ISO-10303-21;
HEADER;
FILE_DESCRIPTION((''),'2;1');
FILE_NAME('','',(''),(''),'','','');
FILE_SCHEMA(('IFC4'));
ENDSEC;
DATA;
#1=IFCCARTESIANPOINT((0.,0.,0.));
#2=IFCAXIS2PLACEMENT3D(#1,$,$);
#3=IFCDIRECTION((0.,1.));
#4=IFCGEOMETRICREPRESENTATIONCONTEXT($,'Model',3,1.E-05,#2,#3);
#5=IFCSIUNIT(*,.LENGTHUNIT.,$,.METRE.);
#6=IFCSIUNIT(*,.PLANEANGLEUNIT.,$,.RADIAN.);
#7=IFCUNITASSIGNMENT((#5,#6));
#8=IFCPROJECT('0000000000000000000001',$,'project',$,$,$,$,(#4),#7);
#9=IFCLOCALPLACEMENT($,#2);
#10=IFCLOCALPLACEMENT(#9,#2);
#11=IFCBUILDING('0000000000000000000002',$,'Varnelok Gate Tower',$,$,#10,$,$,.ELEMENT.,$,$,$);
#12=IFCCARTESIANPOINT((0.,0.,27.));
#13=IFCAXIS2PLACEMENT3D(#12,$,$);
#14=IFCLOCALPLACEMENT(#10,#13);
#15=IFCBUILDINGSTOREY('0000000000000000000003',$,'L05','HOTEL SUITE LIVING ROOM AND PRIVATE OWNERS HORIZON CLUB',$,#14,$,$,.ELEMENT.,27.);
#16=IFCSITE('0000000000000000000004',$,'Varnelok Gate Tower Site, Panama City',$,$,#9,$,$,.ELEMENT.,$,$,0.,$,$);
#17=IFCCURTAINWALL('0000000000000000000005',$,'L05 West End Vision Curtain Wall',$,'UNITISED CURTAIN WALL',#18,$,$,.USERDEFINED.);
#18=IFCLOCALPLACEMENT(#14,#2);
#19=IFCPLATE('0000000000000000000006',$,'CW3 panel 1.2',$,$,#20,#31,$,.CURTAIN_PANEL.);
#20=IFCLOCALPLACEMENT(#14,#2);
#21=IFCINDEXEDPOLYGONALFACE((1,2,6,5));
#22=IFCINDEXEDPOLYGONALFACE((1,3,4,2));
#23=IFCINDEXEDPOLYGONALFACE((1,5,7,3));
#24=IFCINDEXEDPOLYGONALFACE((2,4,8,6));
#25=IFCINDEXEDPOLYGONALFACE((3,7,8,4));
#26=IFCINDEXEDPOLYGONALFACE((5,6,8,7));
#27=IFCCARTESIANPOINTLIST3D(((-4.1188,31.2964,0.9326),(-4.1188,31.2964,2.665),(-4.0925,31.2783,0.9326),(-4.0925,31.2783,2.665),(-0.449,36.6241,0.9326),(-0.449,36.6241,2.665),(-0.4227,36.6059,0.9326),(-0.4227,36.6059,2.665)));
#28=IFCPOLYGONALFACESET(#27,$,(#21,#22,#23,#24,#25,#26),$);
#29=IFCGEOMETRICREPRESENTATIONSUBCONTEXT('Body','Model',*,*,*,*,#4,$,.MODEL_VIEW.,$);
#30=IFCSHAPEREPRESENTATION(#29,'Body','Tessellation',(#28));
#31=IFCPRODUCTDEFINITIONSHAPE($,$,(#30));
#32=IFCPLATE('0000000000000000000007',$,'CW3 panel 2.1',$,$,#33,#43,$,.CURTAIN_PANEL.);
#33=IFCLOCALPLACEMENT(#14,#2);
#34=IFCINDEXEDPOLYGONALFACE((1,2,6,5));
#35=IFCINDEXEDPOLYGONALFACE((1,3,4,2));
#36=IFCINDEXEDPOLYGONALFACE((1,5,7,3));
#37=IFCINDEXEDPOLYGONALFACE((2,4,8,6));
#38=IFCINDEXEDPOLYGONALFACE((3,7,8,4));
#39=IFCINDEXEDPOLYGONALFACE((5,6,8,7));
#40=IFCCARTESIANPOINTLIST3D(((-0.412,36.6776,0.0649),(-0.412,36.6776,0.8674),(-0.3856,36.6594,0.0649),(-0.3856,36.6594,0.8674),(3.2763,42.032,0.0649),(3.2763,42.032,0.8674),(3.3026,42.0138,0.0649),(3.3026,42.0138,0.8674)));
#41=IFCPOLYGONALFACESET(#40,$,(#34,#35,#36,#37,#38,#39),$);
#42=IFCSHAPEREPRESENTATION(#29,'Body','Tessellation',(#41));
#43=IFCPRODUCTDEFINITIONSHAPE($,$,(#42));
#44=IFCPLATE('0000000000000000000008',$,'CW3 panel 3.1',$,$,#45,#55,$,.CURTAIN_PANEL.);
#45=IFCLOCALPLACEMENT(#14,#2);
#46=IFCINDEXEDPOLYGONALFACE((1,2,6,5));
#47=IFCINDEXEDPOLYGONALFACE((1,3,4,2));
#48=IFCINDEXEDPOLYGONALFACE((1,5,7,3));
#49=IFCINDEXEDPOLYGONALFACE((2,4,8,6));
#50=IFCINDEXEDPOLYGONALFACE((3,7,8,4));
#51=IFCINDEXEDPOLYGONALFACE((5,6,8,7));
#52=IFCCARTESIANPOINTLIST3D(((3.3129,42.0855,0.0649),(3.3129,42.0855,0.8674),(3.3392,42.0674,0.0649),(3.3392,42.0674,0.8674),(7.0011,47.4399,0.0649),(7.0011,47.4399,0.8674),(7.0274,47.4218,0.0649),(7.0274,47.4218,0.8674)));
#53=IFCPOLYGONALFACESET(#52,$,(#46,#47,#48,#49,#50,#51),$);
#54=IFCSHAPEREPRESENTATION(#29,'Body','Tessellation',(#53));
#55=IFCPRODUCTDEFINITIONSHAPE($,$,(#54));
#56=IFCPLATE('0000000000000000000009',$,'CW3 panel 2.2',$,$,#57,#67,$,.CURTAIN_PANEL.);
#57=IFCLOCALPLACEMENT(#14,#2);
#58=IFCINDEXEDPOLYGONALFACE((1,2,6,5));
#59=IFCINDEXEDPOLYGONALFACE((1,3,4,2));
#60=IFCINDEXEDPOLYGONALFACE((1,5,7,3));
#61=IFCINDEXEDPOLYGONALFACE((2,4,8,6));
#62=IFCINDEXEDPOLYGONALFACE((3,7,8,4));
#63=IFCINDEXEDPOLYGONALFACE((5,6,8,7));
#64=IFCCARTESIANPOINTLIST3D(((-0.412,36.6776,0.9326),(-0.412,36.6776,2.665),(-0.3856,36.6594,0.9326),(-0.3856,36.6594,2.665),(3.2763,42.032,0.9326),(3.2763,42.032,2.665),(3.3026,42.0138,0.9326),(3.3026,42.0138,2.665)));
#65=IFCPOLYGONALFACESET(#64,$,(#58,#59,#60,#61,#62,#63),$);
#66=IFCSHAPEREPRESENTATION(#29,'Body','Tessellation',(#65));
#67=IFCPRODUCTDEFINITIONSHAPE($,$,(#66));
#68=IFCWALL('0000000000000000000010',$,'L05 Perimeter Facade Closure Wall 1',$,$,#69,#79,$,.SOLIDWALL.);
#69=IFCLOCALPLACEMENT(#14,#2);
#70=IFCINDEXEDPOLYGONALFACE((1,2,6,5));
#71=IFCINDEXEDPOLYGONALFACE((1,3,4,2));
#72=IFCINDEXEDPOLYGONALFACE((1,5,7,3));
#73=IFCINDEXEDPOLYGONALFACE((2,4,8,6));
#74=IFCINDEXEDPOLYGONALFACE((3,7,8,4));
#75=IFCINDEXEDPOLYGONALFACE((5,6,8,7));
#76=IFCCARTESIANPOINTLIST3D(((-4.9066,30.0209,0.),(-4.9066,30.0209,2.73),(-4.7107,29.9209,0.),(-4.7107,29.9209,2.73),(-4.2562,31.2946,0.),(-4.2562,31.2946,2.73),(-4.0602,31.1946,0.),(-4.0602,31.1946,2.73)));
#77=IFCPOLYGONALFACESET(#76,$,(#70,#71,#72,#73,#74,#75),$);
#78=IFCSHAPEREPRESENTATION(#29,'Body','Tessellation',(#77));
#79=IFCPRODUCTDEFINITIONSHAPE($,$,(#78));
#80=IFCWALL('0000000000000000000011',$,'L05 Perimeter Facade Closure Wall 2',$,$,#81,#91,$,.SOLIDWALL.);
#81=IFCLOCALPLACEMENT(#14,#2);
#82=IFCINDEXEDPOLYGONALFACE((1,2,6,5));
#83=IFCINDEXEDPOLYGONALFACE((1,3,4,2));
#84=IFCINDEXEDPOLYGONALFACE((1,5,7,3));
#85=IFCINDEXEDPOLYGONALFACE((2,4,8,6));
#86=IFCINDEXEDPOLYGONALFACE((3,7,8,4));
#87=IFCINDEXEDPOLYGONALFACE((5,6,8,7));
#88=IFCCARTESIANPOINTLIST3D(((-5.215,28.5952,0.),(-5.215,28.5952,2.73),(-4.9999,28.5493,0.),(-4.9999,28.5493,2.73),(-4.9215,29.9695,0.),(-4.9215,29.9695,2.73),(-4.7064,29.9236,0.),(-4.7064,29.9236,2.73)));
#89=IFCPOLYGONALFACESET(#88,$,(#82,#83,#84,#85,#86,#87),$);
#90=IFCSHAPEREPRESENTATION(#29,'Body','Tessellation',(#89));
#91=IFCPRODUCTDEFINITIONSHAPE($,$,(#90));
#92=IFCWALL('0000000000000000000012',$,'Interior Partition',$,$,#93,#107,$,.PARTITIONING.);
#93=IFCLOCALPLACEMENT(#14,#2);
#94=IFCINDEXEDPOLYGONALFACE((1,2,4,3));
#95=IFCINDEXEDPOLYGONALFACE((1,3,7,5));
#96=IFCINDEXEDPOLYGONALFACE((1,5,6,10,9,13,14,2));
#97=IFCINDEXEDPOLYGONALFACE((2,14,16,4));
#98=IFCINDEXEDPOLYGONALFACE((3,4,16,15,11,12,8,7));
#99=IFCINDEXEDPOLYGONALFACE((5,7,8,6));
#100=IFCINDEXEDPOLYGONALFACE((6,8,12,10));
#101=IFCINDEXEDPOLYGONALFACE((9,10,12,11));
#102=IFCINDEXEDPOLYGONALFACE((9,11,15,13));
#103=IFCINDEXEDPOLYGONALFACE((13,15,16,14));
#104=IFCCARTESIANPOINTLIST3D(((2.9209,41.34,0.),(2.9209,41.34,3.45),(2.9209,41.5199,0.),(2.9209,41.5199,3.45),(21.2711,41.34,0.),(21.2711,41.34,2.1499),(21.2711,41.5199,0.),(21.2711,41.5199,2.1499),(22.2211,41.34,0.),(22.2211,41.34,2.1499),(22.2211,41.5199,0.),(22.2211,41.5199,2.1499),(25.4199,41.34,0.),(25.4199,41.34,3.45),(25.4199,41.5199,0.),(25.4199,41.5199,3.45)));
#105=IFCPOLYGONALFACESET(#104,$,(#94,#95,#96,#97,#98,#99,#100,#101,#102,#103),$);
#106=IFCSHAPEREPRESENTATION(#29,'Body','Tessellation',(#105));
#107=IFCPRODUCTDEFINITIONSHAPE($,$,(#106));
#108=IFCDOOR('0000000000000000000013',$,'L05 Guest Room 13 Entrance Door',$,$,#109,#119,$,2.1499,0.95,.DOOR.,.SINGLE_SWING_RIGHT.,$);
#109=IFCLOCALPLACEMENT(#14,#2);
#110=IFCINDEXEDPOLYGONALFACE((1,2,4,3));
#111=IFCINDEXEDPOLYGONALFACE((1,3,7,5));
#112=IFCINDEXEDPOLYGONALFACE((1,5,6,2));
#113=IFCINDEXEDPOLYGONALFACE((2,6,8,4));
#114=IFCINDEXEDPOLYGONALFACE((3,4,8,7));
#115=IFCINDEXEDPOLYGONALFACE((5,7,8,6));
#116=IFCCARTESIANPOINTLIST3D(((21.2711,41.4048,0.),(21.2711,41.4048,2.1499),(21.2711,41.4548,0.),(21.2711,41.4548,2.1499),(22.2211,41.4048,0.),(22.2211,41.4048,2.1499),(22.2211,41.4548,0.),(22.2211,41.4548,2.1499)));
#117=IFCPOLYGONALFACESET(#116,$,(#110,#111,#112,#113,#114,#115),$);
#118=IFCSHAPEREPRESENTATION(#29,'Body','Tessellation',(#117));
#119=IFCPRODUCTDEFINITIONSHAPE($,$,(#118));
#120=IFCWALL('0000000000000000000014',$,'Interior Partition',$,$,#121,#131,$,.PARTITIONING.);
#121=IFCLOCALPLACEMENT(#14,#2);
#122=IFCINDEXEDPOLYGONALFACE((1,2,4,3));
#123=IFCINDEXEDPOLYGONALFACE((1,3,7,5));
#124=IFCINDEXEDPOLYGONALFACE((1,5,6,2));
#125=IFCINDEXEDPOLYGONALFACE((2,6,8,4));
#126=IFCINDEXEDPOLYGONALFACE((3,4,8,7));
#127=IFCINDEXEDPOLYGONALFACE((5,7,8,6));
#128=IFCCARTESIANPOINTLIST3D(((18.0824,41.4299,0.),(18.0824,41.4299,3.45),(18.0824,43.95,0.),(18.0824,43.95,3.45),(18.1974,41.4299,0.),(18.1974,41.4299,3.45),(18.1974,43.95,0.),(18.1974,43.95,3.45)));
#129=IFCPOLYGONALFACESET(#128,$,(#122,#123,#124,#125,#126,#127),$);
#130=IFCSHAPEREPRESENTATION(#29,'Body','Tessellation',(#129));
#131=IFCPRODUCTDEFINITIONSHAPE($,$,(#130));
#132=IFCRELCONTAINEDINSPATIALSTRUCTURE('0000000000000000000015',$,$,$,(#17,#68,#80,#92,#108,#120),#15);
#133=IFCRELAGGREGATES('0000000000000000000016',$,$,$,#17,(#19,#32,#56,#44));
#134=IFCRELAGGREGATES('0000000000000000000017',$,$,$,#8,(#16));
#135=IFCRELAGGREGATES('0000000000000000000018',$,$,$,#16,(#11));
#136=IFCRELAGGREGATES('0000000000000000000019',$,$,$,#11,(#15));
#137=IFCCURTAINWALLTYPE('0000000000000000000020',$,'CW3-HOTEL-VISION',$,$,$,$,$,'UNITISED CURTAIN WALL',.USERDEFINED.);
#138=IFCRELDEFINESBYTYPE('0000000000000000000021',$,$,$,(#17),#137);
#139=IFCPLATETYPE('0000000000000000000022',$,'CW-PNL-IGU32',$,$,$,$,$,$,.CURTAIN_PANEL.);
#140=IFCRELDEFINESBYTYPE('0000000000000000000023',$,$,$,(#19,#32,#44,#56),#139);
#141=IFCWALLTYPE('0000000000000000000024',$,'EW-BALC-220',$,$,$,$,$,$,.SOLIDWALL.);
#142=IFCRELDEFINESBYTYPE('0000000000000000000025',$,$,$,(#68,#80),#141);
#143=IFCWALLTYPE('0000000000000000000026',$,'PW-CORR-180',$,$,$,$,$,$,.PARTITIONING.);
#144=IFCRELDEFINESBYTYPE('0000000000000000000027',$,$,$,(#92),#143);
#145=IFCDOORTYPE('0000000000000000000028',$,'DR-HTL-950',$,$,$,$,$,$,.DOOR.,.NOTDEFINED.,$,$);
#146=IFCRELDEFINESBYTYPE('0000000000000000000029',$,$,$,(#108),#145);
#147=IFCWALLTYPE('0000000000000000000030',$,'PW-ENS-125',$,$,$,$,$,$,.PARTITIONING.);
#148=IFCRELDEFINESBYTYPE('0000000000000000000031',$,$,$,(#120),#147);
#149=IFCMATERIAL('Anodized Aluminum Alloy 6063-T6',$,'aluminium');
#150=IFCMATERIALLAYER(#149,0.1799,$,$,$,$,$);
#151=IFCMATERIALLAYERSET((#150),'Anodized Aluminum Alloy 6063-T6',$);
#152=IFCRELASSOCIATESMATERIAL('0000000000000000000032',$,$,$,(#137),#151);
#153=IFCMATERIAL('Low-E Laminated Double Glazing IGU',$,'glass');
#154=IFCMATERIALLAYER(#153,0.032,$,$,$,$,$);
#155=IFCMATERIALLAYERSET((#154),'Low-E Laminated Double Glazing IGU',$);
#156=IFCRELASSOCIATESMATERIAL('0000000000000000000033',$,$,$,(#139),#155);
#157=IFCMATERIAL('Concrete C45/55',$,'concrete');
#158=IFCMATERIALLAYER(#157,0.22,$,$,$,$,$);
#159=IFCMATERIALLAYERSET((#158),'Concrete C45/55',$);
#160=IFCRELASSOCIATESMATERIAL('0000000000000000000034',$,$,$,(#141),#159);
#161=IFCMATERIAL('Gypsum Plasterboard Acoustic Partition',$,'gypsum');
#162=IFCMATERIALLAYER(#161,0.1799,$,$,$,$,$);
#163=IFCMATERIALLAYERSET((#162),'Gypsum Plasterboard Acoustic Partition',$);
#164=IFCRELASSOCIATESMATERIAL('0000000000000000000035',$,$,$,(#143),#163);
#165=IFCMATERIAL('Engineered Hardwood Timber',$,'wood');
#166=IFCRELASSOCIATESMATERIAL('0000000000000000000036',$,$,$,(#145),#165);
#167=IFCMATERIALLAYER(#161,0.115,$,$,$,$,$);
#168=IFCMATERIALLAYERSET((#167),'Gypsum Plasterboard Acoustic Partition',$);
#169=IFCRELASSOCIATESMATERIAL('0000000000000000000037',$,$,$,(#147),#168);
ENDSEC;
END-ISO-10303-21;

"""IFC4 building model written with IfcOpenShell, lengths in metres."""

from ifc_helpers import new_model, si_unit, direction, frame, frame_2d, origin, origin_2d, place, context, subcontext, project, spatial, rectangle, extrude, source, transform, mapped, material, layer, layer_set, type_object, element, fill, aggregate, save


model = new_model("IFC4")

# Units and contexts
model_context = context("Model", 3, precision=1e-05, world=origin(), true_north=direction((0.0, 1.0)))
body_context = subcontext(model_context, "Body", "Model", "MODEL_VIEW")
ifc_project = project(units=[si_unit("LENGTHUNIT", "METRE"), si_unit("PLANEANGLEUNIT", "RADIAN")], contexts=[model_context])

# Site, building, storey
site_placement = place(None, origin())
site = spatial("IfcSite", under=ifc_project, at=site_placement, Name="Varnelok Gate Tower Site, Panama City", CompositionType="ELEMENT", RefElevation=0.0)
building_placement = place(site_placement, origin())
building = spatial("IfcBuilding", under=site, at=building_placement, Name="Varnelok Gate Tower", CompositionType="ELEMENT")
storey_placement = place(building_placement, frame((0.0, 0.0, 27.0)))
storey = spatial("IfcBuildingStorey", under=building, at=storey_placement, Name="L05", Description="HOTEL SUITE LIVING ROOM AND PRIVATE OWNERS HORIZON CLUB", CompositionType="ELEMENT", Elevation=27.0)

# Curtain wall, plates
ifc_material_1 = material(Name="Anodized Aluminum Alloy 6063-T6", Category="aluminium")
ifc_layer_1 = layer(ifc_material_1, 0.1799)
ifc_layer_set_1 = layer_set([ifc_layer_1], Name="Anodized Aluminum Alloy 6063-T6")
curtain_wall_type = type_object("IfcCurtainWallType", Name="CW3-HOTEL-VISION", ElementType="UNITISED CURTAIN WALL", PredefinedType="USERDEFINED", material=ifc_layer_set_1)
curtain_wall_placement = place(storey_placement, origin())
curtain_wall = element("IfcCurtainWall", 1, at=curtain_wall_placement, inside=storey, type_object=curtain_wall_type, Name="L05 West End Vision Curtain Wall", ObjectType="UNITISED CURTAIN WALL", PredefinedType="USERDEFINED")
ifc_material_2 = material(Name="Low-E Laminated Double Glazing IGU", Category="glass")
ifc_layer_2 = layer(ifc_material_2, 0.032)
ifc_layer_set_2 = layer_set([ifc_layer_2], Name="Low-E Laminated Double Glazing IGU")
plate_type = type_object("IfcPlateType", Name="CW-PNL-IGU32", PredefinedType="CURTAIN_PANEL", material=ifc_layer_set_2)
shared_shape_1 = source(origin(), body_context, "Body", "SweptSolid", [
    extrude(rectangle(XDim=6.4692, YDim=0.032, at=origin_2d()), origin(), (0.0, 0.0, 1.0), 1.7324),
])
plate_1_placement = place(storey_placement, frame((-2.2708, 33.9512, 0.9326), z_axis=(0.0, 0.0, 1.0), x_axis=(0.567269, 0.823533, 0.0)))
plate_1 = element("IfcPlate", 2, at=plate_1_placement, type_object=plate_type, Name="CW3 panel 1.2", PredefinedType="CURTAIN_PANEL", context=body_context, shape_type="MappedRepresentation", body=[
    mapped(shared_shape_1, transform((0.0, 0.0, 0.0), scale=1.0)),
])
shared_shape_2 = source(origin(), body_context, "Body", "SweptSolid", [
    extrude(rectangle(XDim=6.5017, YDim=0.032, at=origin_2d()), origin(), (0.0, 0.0, 1.0), 0.8025),
])
plate_2_placement = place(storey_placement, frame((1.4453, 39.3457, 0.0649), z_axis=(0.0, 0.0, 1.0), x_axis=(0.567269, 0.823533, 0.0)))
plate_2 = element("IfcPlate", 3, at=plate_2_placement, type_object=plate_type, Name="CW3 panel 2.1", PredefinedType="CURTAIN_PANEL", context=body_context, shape_type="MappedRepresentation", body=[
    mapped(shared_shape_2, transform((0.0, 0.0, 0.0), scale=1.0)),
])
plate_3_placement = place(storey_placement, frame((5.1702, 44.7537, 0.0649), z_axis=(0.0, 0.0, 1.0), x_axis=(0.567269, 0.823533, 0.0)))
plate_3 = element("IfcPlate", 4, at=plate_3_placement, type_object=plate_type, Name="CW3 panel 3.1", PredefinedType="CURTAIN_PANEL", context=body_context, shape_type="MappedRepresentation", body=[
    mapped(shared_shape_2, transform((0.0, 0.0, 0.0), scale=1.0)),
])
shared_shape_3 = source(origin(), body_context, "Body", "SweptSolid", [
    extrude(rectangle(XDim=6.5017, YDim=0.032, at=origin_2d()), origin(), (0.0, 0.0, 1.0), 1.7324),
])
plate_4_placement = place(storey_placement, frame((1.4453, 39.3457, 0.9326), z_axis=(0.0, 0.0, 1.0), x_axis=(0.567269, 0.823533, 0.0)))
plate_4 = element("IfcPlate", 5, at=plate_4_placement, type_object=plate_type, Name="CW3 panel 2.2", PredefinedType="CURTAIN_PANEL", context=body_context, shape_type="MappedRepresentation", body=[
    mapped(shared_shape_3, transform((0.0, 0.0, 0.0), scale=1.0)),
])
aggregate(curtain_wall, [plate_1, plate_2, plate_4, plate_3])

# Walls
ifc_material_3 = material(Name="Concrete C45/55", Category="concrete")
ifc_layer_3 = layer(ifc_material_3, 0.22)
ifc_layer_set_3 = layer_set([ifc_layer_3], Name="Concrete C45/55")
wall_type_1 = type_object("IfcWallType", Name="EW-BALC-220", PredefinedType="SOLIDWALL", material=ifc_layer_set_3)
wall_1_placement = place(storey_placement, frame((-4.1582, 31.2446, 0.0), z_axis=(0.0, 0.0, 1.0), x_axis=(-0.454777, -0.890605, 0.0)))
element("IfcWall", 6, at=wall_1_placement, inside=storey, type_object=wall_type_1, Name="L05 Perimeter Facade Closure Wall 1", PredefinedType="SOLIDWALL", context=body_context, shape_type="SweptSolid", body=[
    extrude(rectangle(XDim=1.4302, YDim=0.22, at=frame_2d((0.7151, 0.0))), origin(), (0.0, 0.0, 1.0), 2.73),
])
wall_2_placement = place(storey_placement, frame((-4.814, 29.9465, 0.0), z_axis=(0.0, 0.0, 1.0), x_axis=(-0.208829, -0.977952, 0.0)))
element("IfcWall", 7, at=wall_2_placement, inside=storey, type_object=wall_type_1, Name="L05 Perimeter Facade Closure Wall 2", PredefinedType="SOLIDWALL", context=body_context, shape_type="SweptSolid", body=[
    extrude(rectangle(XDim=1.4053, YDim=0.22, at=frame_2d((0.7026, 0.0))), origin(), (0.0, 0.0, 1.0), 2.73),
])

# Wall, opening, door
ifc_material_4 = material(Name="Gypsum Plasterboard Acoustic Partition", Category="gypsum")
ifc_layer_4 = layer(ifc_material_4, 0.1799)
ifc_layer_set_4 = layer_set([ifc_layer_4], Name="Gypsum Plasterboard Acoustic Partition")
wall_type_2 = type_object("IfcWallType", Name="PW-CORR-180", PredefinedType="PARTITIONING", material=ifc_layer_set_4)
wall_3_placement = place(storey_placement, frame((2.9209, 41.4299, 0.0), z_axis=(0.0, 0.0, 1.0), x_axis=(1.0, 0.0, 0.0)))
wall_3 = element("IfcWall", 8, at=wall_3_placement, inside=storey, type_object=wall_type_2, Name="Interior Partition", PredefinedType="PARTITIONING", context=body_context, shape_type="SweptSolid", body=[
    extrude(rectangle(XDim=22.499, YDim=0.1799, at=frame_2d((11.2495, 0.0))), origin(), (0.0, 0.0, 1.0), 3.45),
])
opening_placement = place(wall_3_placement, frame((18.3501, 0.0, 0.0)))
opening = element("IfcOpeningElement", 9, at=opening_placement, cuts=wall_3, PredefinedType="OPENING", context=body_context, shape_type="SweptSolid", body=[
    extrude(rectangle(XDim=0.95, YDim=2.1499, at=frame_2d((0.4751, 1.075))), frame((0.0, 0.0999, 0.0), z_axis=(0.0, -1.0, 0.0), x_axis=(1.0, 0.0, 0.0)), (0.0, 0.0, 1.0), 0.2),
])
ifc_material_5 = material(Name="Engineered Hardwood Timber", Category="wood")
door_type = type_object("IfcDoorType", Name="DR-HTL-950", OperationType="NOTDEFINED", PredefinedType="DOOR", material=ifc_material_5)
door_placement = place(opening_placement, origin())
door = element("IfcDoor", 10, at=door_placement, inside=storey, type_object=door_type, Name="L05 Guest Room 13 Entrance Door", OperationType="SINGLE_SWING_RIGHT", OverallHeight=2.1499, OverallWidth=0.95, PredefinedType="DOOR", context=body_context, shape_type="SweptSolid", body=[
    extrude(rectangle(XDim=0.95, YDim=2.1499, at=frame_2d((0.4751, 1.075))), frame((0.0, 0.0249, 0.0), z_axis=(0.0, -1.0, 0.0), x_axis=(1.0, 0.0, 0.0)), (0.0, 0.0, 1.0), 0.05),
])
fill(opening, door)

# Wall
ifc_layer_5 = layer(ifc_material_4, 0.115)
ifc_layer_set_5 = layer_set([ifc_layer_5], Name="Gypsum Plasterboard Acoustic Partition")
wall_type_3 = type_object("IfcWallType", Name="PW-ENS-125", PredefinedType="PARTITIONING", material=ifc_layer_set_5)
wall_4_placement = place(storey_placement, frame((18.1399, 41.4299, 0.0), z_axis=(0.0, 0.0, 1.0), x_axis=(0.0, 1.0, 0.0)))
element("IfcWall", 11, at=wall_4_placement, inside=storey, type_object=wall_type_3, Name="Interior Partition", PredefinedType="PARTITIONING", context=body_context, shape_type="SweptSolid", body=[
    extrude(rectangle(XDim=2.52, YDim=0.115, at=frame_2d((1.26, 0.0))), origin(), (0.0, 0.0, 1.0), 3.45),
])

save(model, "model.ifc")
